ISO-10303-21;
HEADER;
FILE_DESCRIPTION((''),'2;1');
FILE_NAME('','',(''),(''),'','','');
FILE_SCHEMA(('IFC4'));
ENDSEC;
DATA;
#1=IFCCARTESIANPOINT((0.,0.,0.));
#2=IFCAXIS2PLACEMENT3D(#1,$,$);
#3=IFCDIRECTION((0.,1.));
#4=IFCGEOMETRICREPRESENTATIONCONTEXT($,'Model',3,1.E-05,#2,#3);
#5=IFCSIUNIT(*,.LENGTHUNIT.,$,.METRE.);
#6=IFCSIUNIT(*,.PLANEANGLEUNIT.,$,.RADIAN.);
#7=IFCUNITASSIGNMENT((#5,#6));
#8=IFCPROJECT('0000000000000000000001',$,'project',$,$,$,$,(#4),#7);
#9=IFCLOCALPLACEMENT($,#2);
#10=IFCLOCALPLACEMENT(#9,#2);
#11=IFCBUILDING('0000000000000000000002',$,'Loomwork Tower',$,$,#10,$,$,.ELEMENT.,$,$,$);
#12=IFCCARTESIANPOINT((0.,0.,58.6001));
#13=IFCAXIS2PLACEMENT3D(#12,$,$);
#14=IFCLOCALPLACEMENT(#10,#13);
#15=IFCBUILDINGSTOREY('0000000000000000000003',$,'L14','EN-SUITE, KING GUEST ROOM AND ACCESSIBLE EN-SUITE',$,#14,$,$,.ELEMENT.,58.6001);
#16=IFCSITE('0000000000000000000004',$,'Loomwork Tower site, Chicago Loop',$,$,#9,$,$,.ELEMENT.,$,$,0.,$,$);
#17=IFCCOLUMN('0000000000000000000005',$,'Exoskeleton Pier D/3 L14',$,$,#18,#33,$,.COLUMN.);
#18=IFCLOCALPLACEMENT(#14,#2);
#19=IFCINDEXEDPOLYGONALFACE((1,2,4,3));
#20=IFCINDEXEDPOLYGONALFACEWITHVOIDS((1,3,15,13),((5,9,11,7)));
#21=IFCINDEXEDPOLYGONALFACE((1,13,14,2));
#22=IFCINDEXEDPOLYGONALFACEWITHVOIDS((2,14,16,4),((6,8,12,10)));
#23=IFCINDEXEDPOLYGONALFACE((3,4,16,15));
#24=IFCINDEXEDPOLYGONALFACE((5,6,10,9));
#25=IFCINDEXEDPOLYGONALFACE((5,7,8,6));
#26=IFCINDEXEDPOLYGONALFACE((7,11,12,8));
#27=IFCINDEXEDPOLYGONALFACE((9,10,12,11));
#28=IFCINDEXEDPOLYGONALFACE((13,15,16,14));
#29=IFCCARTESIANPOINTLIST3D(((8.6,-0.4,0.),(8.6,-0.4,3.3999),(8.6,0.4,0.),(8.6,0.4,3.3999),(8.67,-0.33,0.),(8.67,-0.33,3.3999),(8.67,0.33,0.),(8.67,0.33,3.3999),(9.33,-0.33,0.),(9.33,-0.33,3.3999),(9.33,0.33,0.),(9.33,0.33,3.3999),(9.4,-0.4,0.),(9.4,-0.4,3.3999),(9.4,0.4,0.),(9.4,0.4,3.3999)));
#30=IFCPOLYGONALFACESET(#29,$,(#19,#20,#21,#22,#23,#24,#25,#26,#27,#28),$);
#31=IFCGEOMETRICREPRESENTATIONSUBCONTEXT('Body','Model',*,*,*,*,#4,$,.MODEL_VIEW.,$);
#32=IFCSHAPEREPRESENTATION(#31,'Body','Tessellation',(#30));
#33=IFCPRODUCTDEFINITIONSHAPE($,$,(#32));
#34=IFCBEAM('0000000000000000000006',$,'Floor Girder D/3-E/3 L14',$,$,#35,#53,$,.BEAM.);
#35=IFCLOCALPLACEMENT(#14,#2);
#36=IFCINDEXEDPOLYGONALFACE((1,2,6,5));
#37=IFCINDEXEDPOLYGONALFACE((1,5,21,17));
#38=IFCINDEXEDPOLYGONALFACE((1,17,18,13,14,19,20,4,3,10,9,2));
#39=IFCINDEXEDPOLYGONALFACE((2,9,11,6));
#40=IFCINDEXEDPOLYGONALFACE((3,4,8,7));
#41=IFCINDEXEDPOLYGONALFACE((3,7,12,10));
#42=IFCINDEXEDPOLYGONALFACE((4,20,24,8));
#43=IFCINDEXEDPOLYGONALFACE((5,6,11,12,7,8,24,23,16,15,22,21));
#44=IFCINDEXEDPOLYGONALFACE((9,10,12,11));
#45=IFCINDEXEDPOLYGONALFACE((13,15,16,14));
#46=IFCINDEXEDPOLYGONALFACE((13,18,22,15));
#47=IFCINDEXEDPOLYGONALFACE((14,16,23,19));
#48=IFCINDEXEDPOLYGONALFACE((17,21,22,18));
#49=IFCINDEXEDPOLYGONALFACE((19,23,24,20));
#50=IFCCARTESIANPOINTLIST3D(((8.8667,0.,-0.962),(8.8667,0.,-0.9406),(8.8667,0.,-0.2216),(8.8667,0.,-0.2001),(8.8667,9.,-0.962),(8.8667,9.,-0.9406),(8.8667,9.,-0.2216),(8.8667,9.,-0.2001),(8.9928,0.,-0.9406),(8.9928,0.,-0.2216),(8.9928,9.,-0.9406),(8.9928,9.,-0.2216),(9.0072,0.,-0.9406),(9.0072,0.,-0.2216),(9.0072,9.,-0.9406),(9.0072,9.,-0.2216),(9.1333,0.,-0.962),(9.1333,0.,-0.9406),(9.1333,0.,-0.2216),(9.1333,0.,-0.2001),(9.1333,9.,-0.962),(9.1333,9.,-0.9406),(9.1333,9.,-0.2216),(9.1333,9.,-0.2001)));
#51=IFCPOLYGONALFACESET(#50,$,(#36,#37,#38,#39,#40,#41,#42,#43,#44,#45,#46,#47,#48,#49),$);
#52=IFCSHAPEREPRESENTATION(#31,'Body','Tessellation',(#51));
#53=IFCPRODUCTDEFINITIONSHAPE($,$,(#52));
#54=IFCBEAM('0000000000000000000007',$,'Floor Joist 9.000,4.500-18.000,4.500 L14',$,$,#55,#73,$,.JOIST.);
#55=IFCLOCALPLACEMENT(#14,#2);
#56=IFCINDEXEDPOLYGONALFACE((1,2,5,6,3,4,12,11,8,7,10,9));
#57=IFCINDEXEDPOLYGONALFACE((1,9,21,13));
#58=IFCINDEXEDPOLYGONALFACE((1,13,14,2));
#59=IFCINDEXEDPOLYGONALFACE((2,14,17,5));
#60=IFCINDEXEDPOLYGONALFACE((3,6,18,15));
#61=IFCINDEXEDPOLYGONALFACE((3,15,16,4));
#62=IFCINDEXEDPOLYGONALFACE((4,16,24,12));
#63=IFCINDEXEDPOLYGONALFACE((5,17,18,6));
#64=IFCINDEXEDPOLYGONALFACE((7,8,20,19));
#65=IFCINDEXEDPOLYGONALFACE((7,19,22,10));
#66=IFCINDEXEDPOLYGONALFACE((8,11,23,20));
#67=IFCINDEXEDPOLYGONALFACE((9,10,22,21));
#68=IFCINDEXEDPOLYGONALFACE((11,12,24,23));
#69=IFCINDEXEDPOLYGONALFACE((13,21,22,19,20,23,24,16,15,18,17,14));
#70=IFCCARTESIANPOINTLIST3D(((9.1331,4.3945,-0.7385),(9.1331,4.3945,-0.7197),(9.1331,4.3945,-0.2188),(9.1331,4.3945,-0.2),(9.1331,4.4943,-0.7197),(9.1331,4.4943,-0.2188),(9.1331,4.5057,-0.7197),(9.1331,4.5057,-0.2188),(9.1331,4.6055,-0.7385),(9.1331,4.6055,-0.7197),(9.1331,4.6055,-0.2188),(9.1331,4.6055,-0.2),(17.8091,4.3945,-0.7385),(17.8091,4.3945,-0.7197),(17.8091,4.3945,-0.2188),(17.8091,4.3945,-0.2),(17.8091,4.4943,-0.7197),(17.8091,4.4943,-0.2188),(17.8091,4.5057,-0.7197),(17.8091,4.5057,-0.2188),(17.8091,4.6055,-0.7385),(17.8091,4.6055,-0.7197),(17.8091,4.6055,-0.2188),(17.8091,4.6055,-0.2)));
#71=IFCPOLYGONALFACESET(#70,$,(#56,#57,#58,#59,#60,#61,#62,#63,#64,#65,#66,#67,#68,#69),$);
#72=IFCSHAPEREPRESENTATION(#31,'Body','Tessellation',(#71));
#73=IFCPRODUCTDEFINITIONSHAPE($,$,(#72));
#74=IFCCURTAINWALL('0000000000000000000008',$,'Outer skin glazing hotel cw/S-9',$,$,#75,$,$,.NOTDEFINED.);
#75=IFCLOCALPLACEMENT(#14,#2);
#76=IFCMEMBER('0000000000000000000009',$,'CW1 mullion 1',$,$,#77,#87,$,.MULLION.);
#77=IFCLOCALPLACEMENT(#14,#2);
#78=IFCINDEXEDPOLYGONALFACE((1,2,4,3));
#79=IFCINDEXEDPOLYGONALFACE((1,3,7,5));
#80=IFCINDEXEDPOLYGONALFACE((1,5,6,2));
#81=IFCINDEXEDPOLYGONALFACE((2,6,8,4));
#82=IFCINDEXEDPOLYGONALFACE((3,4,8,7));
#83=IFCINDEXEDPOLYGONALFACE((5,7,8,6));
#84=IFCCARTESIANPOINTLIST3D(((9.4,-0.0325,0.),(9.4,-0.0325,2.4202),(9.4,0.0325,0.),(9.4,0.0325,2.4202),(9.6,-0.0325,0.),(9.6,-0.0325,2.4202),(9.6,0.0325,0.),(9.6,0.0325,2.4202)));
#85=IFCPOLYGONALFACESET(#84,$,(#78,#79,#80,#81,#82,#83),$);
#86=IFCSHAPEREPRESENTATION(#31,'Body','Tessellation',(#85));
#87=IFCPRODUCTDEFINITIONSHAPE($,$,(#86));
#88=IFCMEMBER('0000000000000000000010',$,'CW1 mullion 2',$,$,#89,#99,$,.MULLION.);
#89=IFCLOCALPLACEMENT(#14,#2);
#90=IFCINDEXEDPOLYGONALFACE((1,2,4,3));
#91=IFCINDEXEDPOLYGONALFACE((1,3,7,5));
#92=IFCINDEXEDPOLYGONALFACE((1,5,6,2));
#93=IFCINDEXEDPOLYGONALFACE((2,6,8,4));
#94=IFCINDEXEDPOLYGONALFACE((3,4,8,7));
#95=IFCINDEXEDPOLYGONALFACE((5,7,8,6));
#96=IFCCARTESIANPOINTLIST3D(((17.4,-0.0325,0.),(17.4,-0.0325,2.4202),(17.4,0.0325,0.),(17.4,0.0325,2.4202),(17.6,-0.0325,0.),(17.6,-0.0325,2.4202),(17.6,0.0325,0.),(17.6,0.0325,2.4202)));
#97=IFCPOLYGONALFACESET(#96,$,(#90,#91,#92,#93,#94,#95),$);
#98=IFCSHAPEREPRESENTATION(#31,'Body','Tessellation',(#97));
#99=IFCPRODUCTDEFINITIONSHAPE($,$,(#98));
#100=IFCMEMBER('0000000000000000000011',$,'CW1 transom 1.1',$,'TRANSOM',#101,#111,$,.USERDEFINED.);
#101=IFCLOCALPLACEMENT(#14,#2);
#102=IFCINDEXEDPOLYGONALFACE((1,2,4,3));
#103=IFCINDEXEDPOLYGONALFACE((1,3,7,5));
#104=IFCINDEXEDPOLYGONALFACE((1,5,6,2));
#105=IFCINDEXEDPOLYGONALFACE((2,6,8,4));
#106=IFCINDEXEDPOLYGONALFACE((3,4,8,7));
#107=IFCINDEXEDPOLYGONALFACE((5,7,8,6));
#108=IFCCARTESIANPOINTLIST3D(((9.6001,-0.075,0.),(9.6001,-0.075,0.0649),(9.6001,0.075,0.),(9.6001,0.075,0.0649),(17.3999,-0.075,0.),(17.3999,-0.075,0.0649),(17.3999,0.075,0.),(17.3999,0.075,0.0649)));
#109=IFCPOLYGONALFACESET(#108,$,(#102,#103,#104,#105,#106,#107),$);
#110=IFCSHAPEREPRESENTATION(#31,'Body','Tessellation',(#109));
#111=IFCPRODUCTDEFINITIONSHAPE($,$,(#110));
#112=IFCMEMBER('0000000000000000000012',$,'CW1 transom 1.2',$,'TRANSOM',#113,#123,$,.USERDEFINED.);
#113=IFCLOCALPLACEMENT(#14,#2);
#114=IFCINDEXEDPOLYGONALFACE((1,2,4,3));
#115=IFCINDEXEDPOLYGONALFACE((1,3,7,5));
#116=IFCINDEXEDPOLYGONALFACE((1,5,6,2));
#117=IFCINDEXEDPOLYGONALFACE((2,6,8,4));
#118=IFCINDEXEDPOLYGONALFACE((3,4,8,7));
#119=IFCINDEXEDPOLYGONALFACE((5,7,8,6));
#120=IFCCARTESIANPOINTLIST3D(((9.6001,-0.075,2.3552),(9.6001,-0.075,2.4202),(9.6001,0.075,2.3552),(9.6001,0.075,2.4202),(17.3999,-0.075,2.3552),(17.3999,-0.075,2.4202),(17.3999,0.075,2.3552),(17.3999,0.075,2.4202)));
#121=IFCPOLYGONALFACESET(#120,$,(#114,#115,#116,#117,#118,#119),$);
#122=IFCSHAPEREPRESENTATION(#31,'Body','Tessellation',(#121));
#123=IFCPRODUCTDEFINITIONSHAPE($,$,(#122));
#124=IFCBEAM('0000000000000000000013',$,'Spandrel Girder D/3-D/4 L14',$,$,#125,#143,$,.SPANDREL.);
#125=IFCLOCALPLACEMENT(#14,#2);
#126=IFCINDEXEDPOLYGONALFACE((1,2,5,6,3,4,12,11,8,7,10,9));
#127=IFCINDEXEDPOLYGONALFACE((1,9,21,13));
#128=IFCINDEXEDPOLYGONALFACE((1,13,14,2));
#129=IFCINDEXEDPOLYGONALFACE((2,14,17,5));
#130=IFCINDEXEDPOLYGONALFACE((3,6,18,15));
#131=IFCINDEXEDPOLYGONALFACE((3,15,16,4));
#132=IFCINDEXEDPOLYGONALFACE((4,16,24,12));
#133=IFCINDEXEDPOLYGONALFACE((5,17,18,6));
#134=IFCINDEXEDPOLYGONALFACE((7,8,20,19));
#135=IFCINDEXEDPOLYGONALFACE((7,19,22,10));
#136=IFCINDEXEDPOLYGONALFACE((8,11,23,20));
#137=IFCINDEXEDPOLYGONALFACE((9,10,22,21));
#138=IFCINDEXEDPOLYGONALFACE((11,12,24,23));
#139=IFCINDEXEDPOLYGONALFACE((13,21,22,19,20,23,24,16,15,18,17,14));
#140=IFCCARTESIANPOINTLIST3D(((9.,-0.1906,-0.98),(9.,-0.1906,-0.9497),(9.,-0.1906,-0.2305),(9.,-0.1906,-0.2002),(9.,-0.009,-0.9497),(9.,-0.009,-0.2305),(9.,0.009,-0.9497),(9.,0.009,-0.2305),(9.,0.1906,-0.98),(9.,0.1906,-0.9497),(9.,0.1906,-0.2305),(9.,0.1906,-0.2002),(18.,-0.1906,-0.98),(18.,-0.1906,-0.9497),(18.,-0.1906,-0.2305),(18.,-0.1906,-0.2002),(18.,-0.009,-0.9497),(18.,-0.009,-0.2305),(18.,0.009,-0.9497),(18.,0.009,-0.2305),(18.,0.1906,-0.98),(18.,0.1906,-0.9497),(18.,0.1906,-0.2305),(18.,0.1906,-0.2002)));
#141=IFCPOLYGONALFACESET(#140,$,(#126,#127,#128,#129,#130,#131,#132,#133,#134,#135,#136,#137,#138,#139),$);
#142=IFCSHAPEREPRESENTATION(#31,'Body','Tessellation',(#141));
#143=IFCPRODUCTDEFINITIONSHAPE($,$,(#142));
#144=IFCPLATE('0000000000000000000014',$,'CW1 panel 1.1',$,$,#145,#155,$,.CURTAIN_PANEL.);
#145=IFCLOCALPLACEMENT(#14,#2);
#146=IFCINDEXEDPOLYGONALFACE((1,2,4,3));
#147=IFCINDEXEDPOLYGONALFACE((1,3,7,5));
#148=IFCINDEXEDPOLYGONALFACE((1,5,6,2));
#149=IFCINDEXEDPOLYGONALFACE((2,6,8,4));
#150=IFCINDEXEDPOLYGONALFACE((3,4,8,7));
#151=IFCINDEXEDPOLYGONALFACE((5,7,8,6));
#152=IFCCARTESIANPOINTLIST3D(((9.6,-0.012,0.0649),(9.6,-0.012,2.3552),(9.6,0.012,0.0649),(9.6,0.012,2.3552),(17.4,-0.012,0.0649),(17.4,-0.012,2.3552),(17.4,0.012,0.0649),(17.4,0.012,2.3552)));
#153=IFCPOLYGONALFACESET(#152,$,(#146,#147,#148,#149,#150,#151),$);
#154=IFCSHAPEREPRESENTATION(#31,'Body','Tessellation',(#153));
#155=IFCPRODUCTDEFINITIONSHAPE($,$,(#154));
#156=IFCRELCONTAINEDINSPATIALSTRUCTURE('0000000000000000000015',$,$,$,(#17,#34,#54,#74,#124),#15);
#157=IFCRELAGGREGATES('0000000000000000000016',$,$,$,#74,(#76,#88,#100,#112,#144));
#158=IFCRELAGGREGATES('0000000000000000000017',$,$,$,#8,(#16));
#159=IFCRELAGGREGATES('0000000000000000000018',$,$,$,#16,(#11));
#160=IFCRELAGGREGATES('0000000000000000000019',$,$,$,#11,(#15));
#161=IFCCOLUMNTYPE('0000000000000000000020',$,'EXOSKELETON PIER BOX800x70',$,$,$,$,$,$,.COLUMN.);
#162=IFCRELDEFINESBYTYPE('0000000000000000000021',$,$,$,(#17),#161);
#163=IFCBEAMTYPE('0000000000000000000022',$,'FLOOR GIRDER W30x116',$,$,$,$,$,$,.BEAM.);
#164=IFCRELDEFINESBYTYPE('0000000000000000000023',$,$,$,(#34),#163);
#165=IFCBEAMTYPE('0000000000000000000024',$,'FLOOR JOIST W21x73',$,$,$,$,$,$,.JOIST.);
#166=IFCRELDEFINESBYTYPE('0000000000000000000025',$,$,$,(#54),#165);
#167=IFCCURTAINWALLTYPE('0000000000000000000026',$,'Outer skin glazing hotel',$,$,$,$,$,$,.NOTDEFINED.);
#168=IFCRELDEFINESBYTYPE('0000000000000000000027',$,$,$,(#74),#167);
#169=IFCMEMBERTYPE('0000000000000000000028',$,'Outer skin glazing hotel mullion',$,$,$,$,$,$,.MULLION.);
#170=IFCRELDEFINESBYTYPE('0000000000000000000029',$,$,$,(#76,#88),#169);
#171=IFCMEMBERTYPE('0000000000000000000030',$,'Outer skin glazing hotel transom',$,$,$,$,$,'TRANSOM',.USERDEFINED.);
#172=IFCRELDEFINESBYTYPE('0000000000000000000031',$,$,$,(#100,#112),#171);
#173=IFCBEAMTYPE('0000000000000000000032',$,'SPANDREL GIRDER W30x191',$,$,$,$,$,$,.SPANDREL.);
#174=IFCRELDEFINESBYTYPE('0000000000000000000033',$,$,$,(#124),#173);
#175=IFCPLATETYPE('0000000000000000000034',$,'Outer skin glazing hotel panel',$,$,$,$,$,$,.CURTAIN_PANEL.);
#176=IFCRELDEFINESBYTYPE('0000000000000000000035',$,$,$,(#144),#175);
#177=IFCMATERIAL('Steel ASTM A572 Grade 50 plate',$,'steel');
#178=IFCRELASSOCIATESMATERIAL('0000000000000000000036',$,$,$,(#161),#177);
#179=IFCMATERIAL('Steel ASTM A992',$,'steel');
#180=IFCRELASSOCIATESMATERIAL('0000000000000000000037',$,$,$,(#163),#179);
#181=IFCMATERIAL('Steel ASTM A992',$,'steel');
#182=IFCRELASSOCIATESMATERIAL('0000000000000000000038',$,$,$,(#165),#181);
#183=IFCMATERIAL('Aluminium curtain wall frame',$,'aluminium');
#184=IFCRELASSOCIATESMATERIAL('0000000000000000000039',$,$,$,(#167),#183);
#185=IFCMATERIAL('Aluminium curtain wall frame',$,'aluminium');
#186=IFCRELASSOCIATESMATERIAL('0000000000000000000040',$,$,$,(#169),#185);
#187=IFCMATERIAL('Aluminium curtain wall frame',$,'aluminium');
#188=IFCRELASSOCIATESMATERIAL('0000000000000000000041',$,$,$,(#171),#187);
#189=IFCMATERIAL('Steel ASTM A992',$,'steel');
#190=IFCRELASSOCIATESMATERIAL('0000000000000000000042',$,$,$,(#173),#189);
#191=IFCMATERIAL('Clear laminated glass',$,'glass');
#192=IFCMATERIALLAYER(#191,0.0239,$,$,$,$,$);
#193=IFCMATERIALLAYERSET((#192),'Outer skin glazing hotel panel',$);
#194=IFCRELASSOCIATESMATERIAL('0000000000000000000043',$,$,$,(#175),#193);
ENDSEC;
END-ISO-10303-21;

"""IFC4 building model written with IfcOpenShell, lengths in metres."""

from ifc_helpers import new_model, si_unit, direction, frame, origin, origin_2d, place, context, subcontext, project, spatial, rectangle, hollow_rectangle, i_section, extrude, material, layer, layer_set, material_profile, profile_set, type_object, element, aggregate, save


model = new_model("IFC4")

# Units and contexts
model_context = context("Model", 3, precision=1e-05, world=origin(), true_north=direction((0.0, 1.0)))
body_context = subcontext(model_context, "Body", "Model", "MODEL_VIEW")
ifc_project = project(units=[si_unit("LENGTHUNIT", "METRE"), si_unit("PLANEANGLEUNIT", "RADIAN")], contexts=[model_context])

# Site, building, storey
site_placement = place(None, origin())
site = spatial("IfcSite", under=ifc_project, at=site_placement, Name="Loomwork Tower site, Chicago Loop", CompositionType="ELEMENT", RefElevation=0.0)
building_placement = place(site_placement, origin())
building = spatial("IfcBuilding", under=site, at=building_placement, Name="Loomwork Tower", CompositionType="ELEMENT")
storey_placement = place(building_placement, frame((0.0, 0.0, 58.6001)))
storey = spatial("IfcBuildingStorey", under=building, at=storey_placement, Name="L14", Description="EN-SUITE, KING GUEST ROOM AND ACCESSIBLE EN-SUITE", CompositionType="ELEMENT", Elevation=58.6001)

# Column
ifc_material_1 = material(Name="Steel ASTM A572 Grade 50 plate", Category="steel")
ifc_material_profile_1 = material_profile(ifc_material_1, hollow_rectangle(XDim=0.8, YDim=0.8, WallThickness=0.0701, at=origin_2d()), Name="BOX800x70")
ifc_profile_set_1 = profile_set([ifc_material_profile_1], Name="Steel ASTM A572 Grade 50 plate")
column_type = type_object("IfcColumnType", Name="EXOSKELETON PIER BOX800x70", PredefinedType="COLUMN", material=ifc_profile_set_1)
column_placement = place(storey_placement, frame((9.0, 0.0, 0.0), z_axis=(0.0, 0.0, 1.0), x_axis=(1.0, 0.0, 0.0)))
element("IfcColumn", 1, at=column_placement, inside=storey, type_object=column_type, Name="Exoskeleton Pier D/3 L14", PredefinedType="COLUMN", context=body_context, shape_type="SweptSolid", body=[
    extrude(hollow_rectangle(XDim=0.8, YDim=0.8, WallThickness=0.0701, at=origin_2d()), origin(), (0.0, 0.0, 1.0), 3.3999),
])

# Beams
ifc_material_2 = material(Name="Steel ASTM A992", Category="steel")
ifc_material_profile_2 = material_profile(ifc_material_2, i_section(OverallWidth=0.2666, OverallDepth=0.762, WebThickness=0.0144, FlangeThickness=0.0215, at=origin_2d()), Name="W30x116")
ifc_profile_set_2 = profile_set([ifc_material_profile_2], Name="Steel ASTM A992")
beam_type_1 = type_object("IfcBeamType", Name="FLOOR GIRDER W30x116", PredefinedType="BEAM", material=ifc_profile_set_2)
beam_1_placement = place(storey_placement, frame((9.0, 0.0, -0.5811), z_axis=(0.0, 1.0, 0.0), x_axis=(-1.0, 0.0, 0.0)))
element("IfcBeam", 2, at=beam_1_placement, inside=storey, type_object=beam_type_1, Name="Floor Girder D/3-E/3 L14", PredefinedType="BEAM", context=body_context, shape_type="SweptSolid", body=[
    extrude(i_section(OverallWidth=0.2666, OverallDepth=0.762, WebThickness=0.0144, FlangeThickness=0.0215, at=origin_2d()), origin(), (0.0, 0.0, 1.0), 9.0),
])
ifc_material_3 = material(Name="Steel ASTM A992", Category="steel")
ifc_material_profile_3 = material_profile(ifc_material_3, i_section(OverallWidth=0.2109, OverallDepth=0.5386, WebThickness=0.0115, FlangeThickness=0.0188, at=origin_2d()), Name="W21x73")
ifc_profile_set_3 = profile_set([ifc_material_profile_3], Name="Steel ASTM A992")
beam_type_2 = type_object("IfcBeamType", Name="FLOOR JOIST W21x73", PredefinedType="JOIST", material=ifc_profile_set_3)
beam_2_placement = place(storey_placement, frame((9.1331, 4.5, -0.4692), z_axis=(1.0, 0.0, 0.0), x_axis=(0.0, 1.0, 0.0)))
element("IfcBeam", 3, at=beam_2_placement, inside=storey, type_object=beam_type_2, Name="Floor Joist 9.000,4.500-18.000,4.500 L14", PredefinedType="JOIST", context=body_context, shape_type="SweptSolid", body=[
    extrude(i_section(OverallWidth=0.2109, OverallDepth=0.5386, WebThickness=0.0115, FlangeThickness=0.0188, at=origin_2d()), origin(), (0.0, 0.0, 1.0), 8.676),
])

# Curtain wall, members
ifc_material_4 = material(Name="Aluminium curtain wall frame", Category="aluminium")
curtain_wall_type = type_object("IfcCurtainWallType", Name="Outer skin glazing hotel", PredefinedType="NOTDEFINED", material=ifc_material_4)
curtain_wall_placement = place(storey_placement, origin())
curtain_wall = element("IfcCurtainWall", 4, at=curtain_wall_placement, inside=storey, type_object=curtain_wall_type, Name="Outer skin glazing hotel cw/S-9", PredefinedType="NOTDEFINED")
ifc_material_5 = material(Name="Aluminium curtain wall frame", Category="aluminium")
ifc_material_profile_4 = material_profile(ifc_material_5, rectangle(XDim=0.0649, YDim=0.2, at=origin_2d()), Name="AL 65x200")
ifc_profile_set_4 = profile_set([ifc_material_profile_4], Name="Aluminium curtain wall frame")
member_type_1 = type_object("IfcMemberType", Name="Outer skin glazing hotel mullion", PredefinedType="MULLION", material=ifc_profile_set_4)
member_1_placement = place(storey_placement, frame((9.5, 0.0, 0.0), z_axis=(0.0, 0.0, 1.0), x_axis=(0.0, 1.0, 0.0)))
member_1 = element("IfcMember", 5, at=member_1_placement, type_object=member_type_1, Name="CW1 mullion 1", PredefinedType="MULLION", context=body_context, shape_type="SweptSolid", body=[
    extrude(rectangle(XDim=0.0649, YDim=0.2, at=origin_2d()), origin(), (0.0, 0.0, 1.0), 2.4202),
])
member_2_placement = place(storey_placement, frame((17.5, 0.0, 0.0), z_axis=(0.0, 0.0, 1.0), x_axis=(0.0, 1.0, 0.0)))
member_2 = element("IfcMember", 6, at=member_2_placement, type_object=member_type_1, Name="CW1 mullion 2", PredefinedType="MULLION", context=body_context, shape_type="SweptSolid", body=[
    extrude(rectangle(XDim=0.0649, YDim=0.2, at=origin_2d()), origin(), (0.0, 0.0, 1.0), 2.4202),
])
ifc_material_6 = material(Name="Aluminium curtain wall frame", Category="aluminium")
ifc_material_profile_5 = material_profile(ifc_material_6, rectangle(XDim=0.1499, YDim=0.0649, at=origin_2d()), Name="AL 65x150")
ifc_profile_set_5 = profile_set([ifc_material_profile_5], Name="Aluminium curtain wall frame")
member_type_2 = type_object("IfcMemberType", Name="Outer skin glazing hotel transom", ElementType="TRANSOM", PredefinedType="USERDEFINED", material=ifc_profile_set_5)
member_3_placement = place(storey_placement, frame((9.6001, 0.0, 0.0325), z_axis=(1.0, 0.0, 0.0), x_axis=(0.0, 1.0, 0.0)))
member_3 = element("IfcMember", 7, at=member_3_placement, type_object=member_type_2, Name="CW1 transom 1.1", ObjectType="TRANSOM", PredefinedType="USERDEFINED", context=body_context, shape_type="SweptSolid", body=[
    extrude(rectangle(XDim=0.1499, YDim=0.0649, at=origin_2d()), origin(), (0.0, 0.0, 1.0), 7.7998),
])
member_4_placement = place(storey_placement, frame((9.6001, 0.0, 2.3877), z_axis=(1.0, 0.0, 0.0), x_axis=(0.0, 1.0, 0.0)))
member_4 = element("IfcMember", 8, at=member_4_placement, type_object=member_type_2, Name="CW1 transom 1.2", ObjectType="TRANSOM", PredefinedType="USERDEFINED", context=body_context, shape_type="SweptSolid", body=[
    extrude(rectangle(XDim=0.1499, YDim=0.0649, at=origin_2d()), origin(), (0.0, 0.0, 1.0), 7.7998),
])

# Beam
ifc_material_7 = material(Name="Steel ASTM A992", Category="steel")
ifc_material_profile_6 = material_profile(ifc_material_7, i_section(OverallWidth=0.3811, OverallDepth=0.7798, WebThickness=0.0181, FlangeThickness=0.0303, at=origin_2d()), Name="W30x191")
ifc_profile_set_6 = profile_set([ifc_material_profile_6], Name="Steel ASTM A992")
beam_type_3 = type_object("IfcBeamType", Name="SPANDREL GIRDER W30x191", PredefinedType="SPANDREL", material=ifc_profile_set_6)
beam_3_placement = place(storey_placement, frame((9.0, 0.0, -0.5901), z_axis=(1.0, 0.0, 0.0), x_axis=(0.0, 1.0, 0.0)))
element("IfcBeam", 9, at=beam_3_placement, inside=storey, type_object=beam_type_3, Name="Spandrel Girder D/3-D/4 L14", PredefinedType="SPANDREL", context=body_context, shape_type="SweptSolid", body=[
    extrude(i_section(OverallWidth=0.3811, OverallDepth=0.7798, WebThickness=0.0181, FlangeThickness=0.0303, at=origin_2d()), origin(), (0.0, 0.0, 1.0), 9.0),
])

# Plate
ifc_material_8 = material(Name="Clear laminated glass", Category="glass")
ifc_layer_1 = layer(ifc_material_8, 0.0239)
ifc_layer_set_1 = layer_set([ifc_layer_1], Name="Outer skin glazing hotel panel")
plate_type = type_object("IfcPlateType", Name="Outer skin glazing hotel panel", PredefinedType="CURTAIN_PANEL", material=ifc_layer_set_1)
plate_placement = place(storey_placement, frame((13.5, 0.0, 0.0649), z_axis=(0.0, 0.0, 1.0), x_axis=(1.0, 0.0, 0.0)))
plate = element("IfcPlate", 10, at=plate_placement, type_object=plate_type, Name="CW1 panel 1.1", PredefinedType="CURTAIN_PANEL", context=body_context, shape_type="SweptSolid", body=[
    extrude(rectangle(XDim=7.8, YDim=0.0239, at=origin_2d()), origin(), (0.0, 0.0, 1.0), 2.2903),
])
aggregate(curtain_wall, [member_1, member_2, member_3, member_4, plate])

save(model, "model.ifc")
